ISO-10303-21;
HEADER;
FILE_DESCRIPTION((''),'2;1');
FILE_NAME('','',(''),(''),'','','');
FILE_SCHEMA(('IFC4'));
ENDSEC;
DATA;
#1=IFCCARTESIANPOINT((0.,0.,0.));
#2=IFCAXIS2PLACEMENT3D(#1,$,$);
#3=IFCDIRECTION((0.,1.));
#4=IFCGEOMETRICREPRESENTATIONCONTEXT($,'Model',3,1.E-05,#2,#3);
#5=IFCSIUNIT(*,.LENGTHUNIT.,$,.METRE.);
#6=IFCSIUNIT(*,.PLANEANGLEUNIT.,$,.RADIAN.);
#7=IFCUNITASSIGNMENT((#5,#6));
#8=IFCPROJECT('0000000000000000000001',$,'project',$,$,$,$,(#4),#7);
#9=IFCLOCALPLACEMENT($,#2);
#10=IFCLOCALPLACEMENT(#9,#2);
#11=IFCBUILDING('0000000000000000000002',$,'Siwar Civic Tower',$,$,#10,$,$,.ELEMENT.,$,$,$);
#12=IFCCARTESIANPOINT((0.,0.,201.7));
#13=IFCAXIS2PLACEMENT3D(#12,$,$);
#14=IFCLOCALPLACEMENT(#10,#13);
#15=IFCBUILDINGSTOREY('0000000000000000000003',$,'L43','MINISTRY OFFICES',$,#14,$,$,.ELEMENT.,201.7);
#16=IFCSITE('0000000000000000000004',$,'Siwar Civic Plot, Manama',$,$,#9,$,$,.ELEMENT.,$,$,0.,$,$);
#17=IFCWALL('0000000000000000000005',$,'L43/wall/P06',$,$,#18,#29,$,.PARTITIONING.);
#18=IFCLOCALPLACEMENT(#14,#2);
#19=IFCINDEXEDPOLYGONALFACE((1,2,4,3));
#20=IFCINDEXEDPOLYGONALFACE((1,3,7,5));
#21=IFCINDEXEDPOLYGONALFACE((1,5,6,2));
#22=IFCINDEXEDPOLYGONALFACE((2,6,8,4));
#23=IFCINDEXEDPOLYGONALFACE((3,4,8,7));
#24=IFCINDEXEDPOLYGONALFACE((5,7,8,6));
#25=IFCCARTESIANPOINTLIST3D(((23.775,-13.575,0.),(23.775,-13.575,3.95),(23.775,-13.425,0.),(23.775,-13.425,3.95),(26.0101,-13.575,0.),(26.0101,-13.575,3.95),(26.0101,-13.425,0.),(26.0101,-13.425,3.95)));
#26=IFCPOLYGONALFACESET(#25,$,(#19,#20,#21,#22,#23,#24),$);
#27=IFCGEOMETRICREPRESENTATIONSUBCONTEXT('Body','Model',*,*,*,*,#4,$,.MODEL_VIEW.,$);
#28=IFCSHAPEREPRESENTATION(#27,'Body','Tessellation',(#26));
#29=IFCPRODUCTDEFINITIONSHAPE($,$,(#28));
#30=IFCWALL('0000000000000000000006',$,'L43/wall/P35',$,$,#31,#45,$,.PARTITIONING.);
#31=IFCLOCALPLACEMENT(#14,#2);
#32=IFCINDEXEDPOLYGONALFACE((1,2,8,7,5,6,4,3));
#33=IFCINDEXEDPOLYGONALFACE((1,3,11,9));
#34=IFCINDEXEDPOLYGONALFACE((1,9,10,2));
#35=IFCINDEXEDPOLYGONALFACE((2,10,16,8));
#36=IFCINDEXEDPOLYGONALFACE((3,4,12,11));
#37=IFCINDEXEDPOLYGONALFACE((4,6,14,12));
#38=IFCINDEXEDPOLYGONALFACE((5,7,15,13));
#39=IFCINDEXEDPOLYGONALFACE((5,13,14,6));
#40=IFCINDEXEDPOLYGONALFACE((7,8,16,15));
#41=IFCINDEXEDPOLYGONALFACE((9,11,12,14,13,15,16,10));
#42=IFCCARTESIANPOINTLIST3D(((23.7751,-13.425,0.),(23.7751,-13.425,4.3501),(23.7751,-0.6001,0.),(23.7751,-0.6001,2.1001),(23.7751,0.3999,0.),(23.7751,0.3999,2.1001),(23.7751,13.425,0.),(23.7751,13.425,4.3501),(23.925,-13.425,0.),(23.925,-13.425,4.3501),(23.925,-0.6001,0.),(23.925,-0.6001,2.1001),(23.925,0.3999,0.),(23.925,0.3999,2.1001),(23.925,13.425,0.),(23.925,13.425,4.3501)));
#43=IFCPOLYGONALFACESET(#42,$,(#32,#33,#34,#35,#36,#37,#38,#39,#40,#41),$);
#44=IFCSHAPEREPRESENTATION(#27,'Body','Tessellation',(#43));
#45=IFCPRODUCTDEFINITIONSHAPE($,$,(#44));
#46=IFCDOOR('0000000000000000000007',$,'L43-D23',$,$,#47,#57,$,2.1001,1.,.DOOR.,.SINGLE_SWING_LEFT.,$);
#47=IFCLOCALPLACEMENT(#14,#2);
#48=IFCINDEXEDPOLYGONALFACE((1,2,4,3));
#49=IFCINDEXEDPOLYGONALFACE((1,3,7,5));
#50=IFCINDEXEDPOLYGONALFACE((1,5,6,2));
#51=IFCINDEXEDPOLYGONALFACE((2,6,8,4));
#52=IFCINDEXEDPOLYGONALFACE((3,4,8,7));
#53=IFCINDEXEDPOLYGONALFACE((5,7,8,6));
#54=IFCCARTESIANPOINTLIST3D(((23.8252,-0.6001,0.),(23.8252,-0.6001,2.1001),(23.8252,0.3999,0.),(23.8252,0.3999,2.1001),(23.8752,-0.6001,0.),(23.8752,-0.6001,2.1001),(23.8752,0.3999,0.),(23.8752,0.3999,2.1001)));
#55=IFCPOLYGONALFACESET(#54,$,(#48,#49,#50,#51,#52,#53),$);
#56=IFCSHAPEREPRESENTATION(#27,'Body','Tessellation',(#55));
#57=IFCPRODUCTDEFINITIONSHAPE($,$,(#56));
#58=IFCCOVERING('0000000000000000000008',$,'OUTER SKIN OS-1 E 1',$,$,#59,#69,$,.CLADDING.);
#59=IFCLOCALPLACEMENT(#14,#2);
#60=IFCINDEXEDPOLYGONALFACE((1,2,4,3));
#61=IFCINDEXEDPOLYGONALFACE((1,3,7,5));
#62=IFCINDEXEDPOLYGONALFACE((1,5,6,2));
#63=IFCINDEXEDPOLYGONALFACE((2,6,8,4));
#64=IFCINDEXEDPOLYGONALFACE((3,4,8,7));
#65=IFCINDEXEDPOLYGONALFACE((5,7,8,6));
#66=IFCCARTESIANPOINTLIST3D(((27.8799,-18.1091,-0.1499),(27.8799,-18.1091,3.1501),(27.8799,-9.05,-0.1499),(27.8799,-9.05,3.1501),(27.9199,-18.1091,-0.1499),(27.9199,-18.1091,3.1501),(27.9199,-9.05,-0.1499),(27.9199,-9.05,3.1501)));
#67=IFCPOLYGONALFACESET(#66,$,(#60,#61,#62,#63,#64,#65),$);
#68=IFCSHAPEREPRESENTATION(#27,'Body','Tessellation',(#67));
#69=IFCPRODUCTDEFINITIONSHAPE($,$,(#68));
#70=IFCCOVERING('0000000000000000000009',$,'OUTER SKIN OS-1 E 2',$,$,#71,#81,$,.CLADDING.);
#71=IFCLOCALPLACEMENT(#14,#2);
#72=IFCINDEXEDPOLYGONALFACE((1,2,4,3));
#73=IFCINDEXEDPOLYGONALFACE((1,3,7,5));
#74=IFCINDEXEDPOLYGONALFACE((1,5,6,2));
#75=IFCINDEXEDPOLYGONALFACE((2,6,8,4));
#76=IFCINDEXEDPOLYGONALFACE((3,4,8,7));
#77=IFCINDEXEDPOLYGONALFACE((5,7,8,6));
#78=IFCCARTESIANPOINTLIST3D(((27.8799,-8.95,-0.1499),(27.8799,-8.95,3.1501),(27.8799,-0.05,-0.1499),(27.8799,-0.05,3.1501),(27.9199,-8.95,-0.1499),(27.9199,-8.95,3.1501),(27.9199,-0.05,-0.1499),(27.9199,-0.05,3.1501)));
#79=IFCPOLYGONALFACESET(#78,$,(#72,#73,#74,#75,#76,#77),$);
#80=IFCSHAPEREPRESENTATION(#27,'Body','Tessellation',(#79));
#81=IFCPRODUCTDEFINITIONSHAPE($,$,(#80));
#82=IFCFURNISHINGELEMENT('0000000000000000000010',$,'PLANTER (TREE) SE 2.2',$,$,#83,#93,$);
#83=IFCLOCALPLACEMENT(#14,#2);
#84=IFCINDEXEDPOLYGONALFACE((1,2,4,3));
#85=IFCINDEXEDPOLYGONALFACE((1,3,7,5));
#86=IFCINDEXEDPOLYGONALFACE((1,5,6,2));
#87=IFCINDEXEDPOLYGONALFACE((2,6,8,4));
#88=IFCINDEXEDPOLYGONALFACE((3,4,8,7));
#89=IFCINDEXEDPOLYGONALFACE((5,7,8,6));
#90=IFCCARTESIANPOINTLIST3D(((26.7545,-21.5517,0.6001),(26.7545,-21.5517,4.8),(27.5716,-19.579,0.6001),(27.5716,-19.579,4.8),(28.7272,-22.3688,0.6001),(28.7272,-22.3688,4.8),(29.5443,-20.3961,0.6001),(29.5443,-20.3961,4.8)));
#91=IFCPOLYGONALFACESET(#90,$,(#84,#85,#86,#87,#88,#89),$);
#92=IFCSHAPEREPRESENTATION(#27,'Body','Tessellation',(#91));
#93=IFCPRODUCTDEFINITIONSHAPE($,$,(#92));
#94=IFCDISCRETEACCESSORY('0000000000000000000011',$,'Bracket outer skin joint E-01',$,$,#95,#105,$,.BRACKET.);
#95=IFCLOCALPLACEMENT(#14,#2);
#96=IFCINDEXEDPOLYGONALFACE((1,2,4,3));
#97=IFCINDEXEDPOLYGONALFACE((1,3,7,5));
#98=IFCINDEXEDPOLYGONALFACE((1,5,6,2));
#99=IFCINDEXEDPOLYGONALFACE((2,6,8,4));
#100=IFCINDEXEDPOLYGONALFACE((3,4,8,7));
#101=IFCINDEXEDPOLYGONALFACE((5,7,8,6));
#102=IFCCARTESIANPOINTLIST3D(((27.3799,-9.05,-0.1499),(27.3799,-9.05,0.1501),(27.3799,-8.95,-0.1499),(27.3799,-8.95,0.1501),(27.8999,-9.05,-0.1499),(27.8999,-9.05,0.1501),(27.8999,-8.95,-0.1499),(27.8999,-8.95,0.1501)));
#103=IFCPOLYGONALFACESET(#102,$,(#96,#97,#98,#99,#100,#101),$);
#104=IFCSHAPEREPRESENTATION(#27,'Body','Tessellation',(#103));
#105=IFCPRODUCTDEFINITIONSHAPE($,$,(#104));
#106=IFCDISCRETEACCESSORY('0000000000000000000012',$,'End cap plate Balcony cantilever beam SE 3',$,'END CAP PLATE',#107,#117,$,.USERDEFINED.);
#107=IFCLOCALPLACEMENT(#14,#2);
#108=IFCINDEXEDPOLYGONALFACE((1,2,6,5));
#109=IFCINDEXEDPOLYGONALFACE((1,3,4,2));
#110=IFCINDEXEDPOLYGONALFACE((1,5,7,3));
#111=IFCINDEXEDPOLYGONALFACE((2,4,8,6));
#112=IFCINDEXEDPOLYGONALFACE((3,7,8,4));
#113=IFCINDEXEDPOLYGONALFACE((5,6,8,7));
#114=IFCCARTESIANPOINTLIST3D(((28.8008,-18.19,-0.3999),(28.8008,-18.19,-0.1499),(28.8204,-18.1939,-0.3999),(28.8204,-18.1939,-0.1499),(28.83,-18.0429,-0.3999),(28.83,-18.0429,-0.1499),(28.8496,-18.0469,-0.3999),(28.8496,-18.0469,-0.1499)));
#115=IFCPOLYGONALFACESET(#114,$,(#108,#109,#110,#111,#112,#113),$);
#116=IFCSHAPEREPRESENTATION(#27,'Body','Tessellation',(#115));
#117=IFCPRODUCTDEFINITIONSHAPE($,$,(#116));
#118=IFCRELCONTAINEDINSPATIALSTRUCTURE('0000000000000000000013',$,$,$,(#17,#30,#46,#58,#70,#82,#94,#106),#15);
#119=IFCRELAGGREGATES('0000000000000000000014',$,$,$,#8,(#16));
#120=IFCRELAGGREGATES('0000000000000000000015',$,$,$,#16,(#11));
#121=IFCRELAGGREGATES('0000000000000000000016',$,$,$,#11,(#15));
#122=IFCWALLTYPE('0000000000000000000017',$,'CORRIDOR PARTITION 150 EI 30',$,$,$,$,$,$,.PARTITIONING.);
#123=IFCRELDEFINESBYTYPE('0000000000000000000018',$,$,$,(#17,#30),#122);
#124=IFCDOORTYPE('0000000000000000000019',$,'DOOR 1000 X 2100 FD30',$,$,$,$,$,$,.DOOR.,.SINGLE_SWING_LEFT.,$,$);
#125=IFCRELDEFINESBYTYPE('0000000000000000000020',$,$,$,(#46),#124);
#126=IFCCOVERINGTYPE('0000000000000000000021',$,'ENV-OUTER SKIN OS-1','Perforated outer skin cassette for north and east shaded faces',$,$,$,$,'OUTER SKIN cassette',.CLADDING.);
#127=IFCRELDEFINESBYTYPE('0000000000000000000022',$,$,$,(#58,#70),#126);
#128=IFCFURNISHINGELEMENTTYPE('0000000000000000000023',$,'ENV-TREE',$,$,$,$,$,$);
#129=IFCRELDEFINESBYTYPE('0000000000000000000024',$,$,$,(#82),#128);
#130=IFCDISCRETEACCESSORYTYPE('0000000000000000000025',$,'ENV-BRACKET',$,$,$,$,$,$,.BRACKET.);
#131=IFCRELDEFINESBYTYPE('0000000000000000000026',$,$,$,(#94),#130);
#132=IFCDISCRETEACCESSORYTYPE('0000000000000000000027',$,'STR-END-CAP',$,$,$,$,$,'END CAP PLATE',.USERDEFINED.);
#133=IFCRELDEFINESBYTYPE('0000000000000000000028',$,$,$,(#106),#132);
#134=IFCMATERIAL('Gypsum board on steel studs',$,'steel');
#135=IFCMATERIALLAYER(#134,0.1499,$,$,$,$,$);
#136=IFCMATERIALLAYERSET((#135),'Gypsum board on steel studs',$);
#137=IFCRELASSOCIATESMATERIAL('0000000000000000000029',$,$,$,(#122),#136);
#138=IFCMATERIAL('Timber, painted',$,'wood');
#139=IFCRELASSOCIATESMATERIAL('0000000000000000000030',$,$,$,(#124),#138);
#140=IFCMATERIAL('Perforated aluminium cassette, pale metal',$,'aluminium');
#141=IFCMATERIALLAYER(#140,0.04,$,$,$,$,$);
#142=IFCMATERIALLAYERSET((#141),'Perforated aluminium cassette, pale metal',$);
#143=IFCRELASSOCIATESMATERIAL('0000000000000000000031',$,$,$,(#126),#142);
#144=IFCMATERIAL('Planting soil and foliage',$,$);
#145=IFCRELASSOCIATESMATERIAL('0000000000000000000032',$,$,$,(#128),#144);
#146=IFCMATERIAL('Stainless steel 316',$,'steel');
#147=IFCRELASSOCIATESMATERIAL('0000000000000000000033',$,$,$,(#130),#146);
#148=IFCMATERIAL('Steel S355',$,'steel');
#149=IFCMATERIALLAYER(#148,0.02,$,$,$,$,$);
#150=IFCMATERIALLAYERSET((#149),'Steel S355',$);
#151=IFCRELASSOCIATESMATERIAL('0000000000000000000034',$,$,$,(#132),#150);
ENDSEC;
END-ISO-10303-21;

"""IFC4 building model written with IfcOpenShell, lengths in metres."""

from ifc_helpers import new_model, si_unit, direction, frame, frame_2d, origin, origin_2d, place, context, subcontext, project, spatial, rectangle, extrude, material, layer, layer_set, type_object, element, fill, save


model = new_model("IFC4")

# Units and contexts
model_context = context("Model", 3, precision=1e-05, world=origin(), true_north=direction((0.0, 1.0)))
body_context = subcontext(model_context, "Body", "Model", "MODEL_VIEW")
ifc_project = project(units=[si_unit("LENGTHUNIT", "METRE"), si_unit("PLANEANGLEUNIT", "RADIAN")], contexts=[model_context])

# Site, building, storey
site_placement = place(None, origin())
site = spatial("IfcSite", under=ifc_project, at=site_placement, Name="Siwar Civic Plot, Manama", CompositionType="ELEMENT", RefElevation=0.0)
building_placement = place(site_placement, origin())
building = spatial("IfcBuilding", under=site, at=building_placement, Name="Siwar Civic Tower", CompositionType="ELEMENT")
storey_placement = place(building_placement, frame((0.0, 0.0, 201.7)))
storey = spatial("IfcBuildingStorey", under=building, at=storey_placement, Name="L43", Description="MINISTRY OFFICES", CompositionType="ELEMENT", Elevation=201.7)

# Wall
ifc_material_1 = material(Name="Gypsum board on steel studs", Category="steel")
ifc_layer_1 = layer(ifc_material_1, 0.1499)
ifc_layer_set_1 = layer_set([ifc_layer_1], Name="Gypsum board on steel studs")
wall_type_1 = type_object("IfcWallType", Name="CORRIDOR PARTITION 150 EI 30", PredefinedType="PARTITIONING", material=ifc_layer_set_1)
wall_1_placement = place(storey_placement, frame((23.7749, -13.5, 0.0), z_axis=(0.0, 0.0, 1.0), x_axis=(1.0, 0.0, 0.0)))
element("IfcWall", 1, at=wall_1_placement, inside=storey, type_object=wall_type_1, Name="L43/wall/P06", PredefinedType="PARTITIONING", context=body_context, shape_type="SweptSolid", body=[
    extrude(rectangle(XDim=2.2351, YDim=0.1499, at=frame_2d((1.1177, 0.0))), origin(), (0.0, 0.0, 1.0), 3.95),
])

# Wall, opening, door
wall_2_placement = place(storey_placement, frame((23.8501, -13.425, 0.0), z_axis=(0.0, 0.0, 1.0), x_axis=(0.0, 1.0, 0.0)))
wall_2 = element("IfcWall", 2, at=wall_2_placement, inside=storey, type_object=wall_type_1, Name="L43/wall/P35", PredefinedType="PARTITIONING", context=body_context, shape_type="SweptSolid", body=[
    extrude(rectangle(XDim=26.8501, YDim=0.1499, at=frame_2d((13.425, 0.0))), origin(), (0.0, 0.0, 1.0), 4.3501),
])
opening_1_placement = place(wall_2_placement, frame((12.825, 0.0, 0.0)))
opening_1 = element("IfcOpeningElement", 3, at=opening_1_placement, cuts=wall_2, PredefinedType="OPENING", context=body_context, shape_type="SweptSolid", body=[
    extrude(rectangle(XDim=1.0, YDim=2.1001, at=frame_2d((0.5, 1.05))), frame((0.0, 0.085, 0.0), z_axis=(0.0, -1.0, 0.0), x_axis=(1.0, 0.0, 0.0)), (0.0, 0.0, 1.0), 0.1699),
])
ifc_material_2 = material(Name="Timber, painted", Category="wood")
door_type_1 = type_object("IfcDoorType", Name="DOOR 1000 X 2100 FD30", OperationType="SINGLE_SWING_LEFT", PredefinedType="DOOR", material=ifc_material_2)
door_1_placement = place(opening_1_placement, origin())
door_1 = element("IfcDoor", 4, at=door_1_placement, inside=storey, type_object=door_type_1, Name="L43-D23", OperationType="SINGLE_SWING_LEFT", OverallHeight=2.1001, OverallWidth=1.0, PredefinedType="DOOR", context=body_context, shape_type="SweptSolid", body=[
    extrude(rectangle(XDim=1.0, YDim=2.1001, at=frame_2d((0.5, 1.05))), frame((0.0, 0.0249, 0.0), z_axis=(0.0, -1.0, 0.0), x_axis=(1.0, 0.0, 0.0)), (0.0, 0.0, 1.0), 0.05),
])
fill(opening_1, door_1)

# Coverings
ifc_material_3 = material(Name="Perforated aluminium cassette, pale metal", Category="aluminium")
ifc_layer_2 = layer(ifc_material_3, 0.04)
ifc_layer_set_2 = layer_set([ifc_layer_2], Name="Perforated aluminium cassette, pale metal")
covering_type = type_object("IfcCoveringType", Name="ENV-OUTER SKIN OS-1", Description="Perforated outer skin cassette for north and east shaded faces", ElementType="OUTER SKIN cassette", PredefinedType="CLADDING", material=ifc_layer_set_2)
covering_1_placement = place(storey_placement, frame((27.8999, -13.5796, -0.1499), z_axis=(0.0, 0.0, 1.0), x_axis=(0.0, 1.0, 0.0)))
element("IfcCovering", 5, at=covering_1_placement, inside=storey, type_object=covering_type, Name="OUTER SKIN OS-1 E 1", PredefinedType="CLADDING", context=body_context, shape_type="SweptSolid", body=[
    extrude(rectangle(XDim=9.0591, YDim=0.04, at=origin_2d()), origin(), (0.0, 0.0, 1.0), 3.3),
])
covering_2_placement = place(storey_placement, frame((27.8999, -4.5, -0.1499), z_axis=(0.0, 0.0, 1.0), x_axis=(0.0, 1.0, 0.0)))
element("IfcCovering", 6, at=covering_2_placement, inside=storey, type_object=covering_type, Name="OUTER SKIN OS-1 E 2", PredefinedType="CLADDING", context=body_context, shape_type="SweptSolid", body=[
    extrude(rectangle(XDim=8.8999, YDim=0.04, at=origin_2d()), origin(), (0.0, 0.0, 1.0), 3.3),
])

# Furnishing element
ifc_material_4 = material(Name="Planting soil and foliage")
furnishing_element_type = type_object("IfcFurnishingElementType", Name="ENV-TREE", material=ifc_material_4)
furnishing_placement = place(storey_placement, frame((28.1494, -20.9739, 0.6001), z_axis=(0.0, 0.0, 1.0), x_axis=(0.382683, 0.92388, 0.0)))
element("IfcFurnishingElement", 7, at=furnishing_placement, inside=storey, type_object=furnishing_element_type, Name="PLANTER (TREE) SE 2.2", context=body_context, shape_type="SweptSolid", body=[
    extrude(rectangle(XDim=2.1353, YDim=2.1353, at=origin_2d()), origin(), (0.0, 0.0, 1.0), 4.2),
])

# Discrete accessories
ifc_material_5 = material(Name="Stainless steel 316", Category="steel")
discrete_accessory_type_1 = type_object("IfcDiscreteAccessoryType", Name="ENV-BRACKET", PredefinedType="BRACKET", material=ifc_material_5)
discrete_accessory_1_placement = place(storey_placement, frame((27.6399, -9.0, -0.1499), z_axis=(0.0, 0.0, 1.0), x_axis=(1.0, 0.0, 0.0)))
element("IfcDiscreteAccessory", 8, at=discrete_accessory_1_placement, inside=storey, type_object=discrete_accessory_type_1, Name="Bracket outer skin joint E-01", PredefinedType="BRACKET", context=body_context, shape_type="SweptSolid", body=[
    extrude(rectangle(XDim=0.52, YDim=0.1001, at=origin_2d()), origin(), (0.0, 0.0, 1.0), 0.3),
])
ifc_material_6 = material(Name="Steel S355", Category="steel")
ifc_layer_3 = layer(ifc_material_6, 0.02)
ifc_layer_set_3 = layer_set([ifc_layer_3], Name="Steel S355")
discrete_accessory_type_2 = type_object("IfcDiscreteAccessoryType", Name="STR-END-CAP", ElementType="END CAP PLATE", PredefinedType="USERDEFINED", material=ifc_layer_set_3)
discrete_accessory_2_placement = place(storey_placement, frame((28.8252, -18.1184, -0.3999), z_axis=(0.0, 0.0, 1.0), x_axis=(0.980785, -0.19509, 0.0)))
element("IfcDiscreteAccessory", 9, at=discrete_accessory_2_placement, inside=storey, type_object=discrete_accessory_type_2, Name="End cap plate Balcony cantilever beam SE 3", ObjectType="END CAP PLATE", PredefinedType="USERDEFINED", context=body_context, shape_type="SweptSolid", body=[
    extrude(rectangle(XDim=0.02, YDim=0.1499, at=origin_2d()), origin(), (0.0, 0.0, 1.0), 0.25),
])

save(model, "model.ifc")
